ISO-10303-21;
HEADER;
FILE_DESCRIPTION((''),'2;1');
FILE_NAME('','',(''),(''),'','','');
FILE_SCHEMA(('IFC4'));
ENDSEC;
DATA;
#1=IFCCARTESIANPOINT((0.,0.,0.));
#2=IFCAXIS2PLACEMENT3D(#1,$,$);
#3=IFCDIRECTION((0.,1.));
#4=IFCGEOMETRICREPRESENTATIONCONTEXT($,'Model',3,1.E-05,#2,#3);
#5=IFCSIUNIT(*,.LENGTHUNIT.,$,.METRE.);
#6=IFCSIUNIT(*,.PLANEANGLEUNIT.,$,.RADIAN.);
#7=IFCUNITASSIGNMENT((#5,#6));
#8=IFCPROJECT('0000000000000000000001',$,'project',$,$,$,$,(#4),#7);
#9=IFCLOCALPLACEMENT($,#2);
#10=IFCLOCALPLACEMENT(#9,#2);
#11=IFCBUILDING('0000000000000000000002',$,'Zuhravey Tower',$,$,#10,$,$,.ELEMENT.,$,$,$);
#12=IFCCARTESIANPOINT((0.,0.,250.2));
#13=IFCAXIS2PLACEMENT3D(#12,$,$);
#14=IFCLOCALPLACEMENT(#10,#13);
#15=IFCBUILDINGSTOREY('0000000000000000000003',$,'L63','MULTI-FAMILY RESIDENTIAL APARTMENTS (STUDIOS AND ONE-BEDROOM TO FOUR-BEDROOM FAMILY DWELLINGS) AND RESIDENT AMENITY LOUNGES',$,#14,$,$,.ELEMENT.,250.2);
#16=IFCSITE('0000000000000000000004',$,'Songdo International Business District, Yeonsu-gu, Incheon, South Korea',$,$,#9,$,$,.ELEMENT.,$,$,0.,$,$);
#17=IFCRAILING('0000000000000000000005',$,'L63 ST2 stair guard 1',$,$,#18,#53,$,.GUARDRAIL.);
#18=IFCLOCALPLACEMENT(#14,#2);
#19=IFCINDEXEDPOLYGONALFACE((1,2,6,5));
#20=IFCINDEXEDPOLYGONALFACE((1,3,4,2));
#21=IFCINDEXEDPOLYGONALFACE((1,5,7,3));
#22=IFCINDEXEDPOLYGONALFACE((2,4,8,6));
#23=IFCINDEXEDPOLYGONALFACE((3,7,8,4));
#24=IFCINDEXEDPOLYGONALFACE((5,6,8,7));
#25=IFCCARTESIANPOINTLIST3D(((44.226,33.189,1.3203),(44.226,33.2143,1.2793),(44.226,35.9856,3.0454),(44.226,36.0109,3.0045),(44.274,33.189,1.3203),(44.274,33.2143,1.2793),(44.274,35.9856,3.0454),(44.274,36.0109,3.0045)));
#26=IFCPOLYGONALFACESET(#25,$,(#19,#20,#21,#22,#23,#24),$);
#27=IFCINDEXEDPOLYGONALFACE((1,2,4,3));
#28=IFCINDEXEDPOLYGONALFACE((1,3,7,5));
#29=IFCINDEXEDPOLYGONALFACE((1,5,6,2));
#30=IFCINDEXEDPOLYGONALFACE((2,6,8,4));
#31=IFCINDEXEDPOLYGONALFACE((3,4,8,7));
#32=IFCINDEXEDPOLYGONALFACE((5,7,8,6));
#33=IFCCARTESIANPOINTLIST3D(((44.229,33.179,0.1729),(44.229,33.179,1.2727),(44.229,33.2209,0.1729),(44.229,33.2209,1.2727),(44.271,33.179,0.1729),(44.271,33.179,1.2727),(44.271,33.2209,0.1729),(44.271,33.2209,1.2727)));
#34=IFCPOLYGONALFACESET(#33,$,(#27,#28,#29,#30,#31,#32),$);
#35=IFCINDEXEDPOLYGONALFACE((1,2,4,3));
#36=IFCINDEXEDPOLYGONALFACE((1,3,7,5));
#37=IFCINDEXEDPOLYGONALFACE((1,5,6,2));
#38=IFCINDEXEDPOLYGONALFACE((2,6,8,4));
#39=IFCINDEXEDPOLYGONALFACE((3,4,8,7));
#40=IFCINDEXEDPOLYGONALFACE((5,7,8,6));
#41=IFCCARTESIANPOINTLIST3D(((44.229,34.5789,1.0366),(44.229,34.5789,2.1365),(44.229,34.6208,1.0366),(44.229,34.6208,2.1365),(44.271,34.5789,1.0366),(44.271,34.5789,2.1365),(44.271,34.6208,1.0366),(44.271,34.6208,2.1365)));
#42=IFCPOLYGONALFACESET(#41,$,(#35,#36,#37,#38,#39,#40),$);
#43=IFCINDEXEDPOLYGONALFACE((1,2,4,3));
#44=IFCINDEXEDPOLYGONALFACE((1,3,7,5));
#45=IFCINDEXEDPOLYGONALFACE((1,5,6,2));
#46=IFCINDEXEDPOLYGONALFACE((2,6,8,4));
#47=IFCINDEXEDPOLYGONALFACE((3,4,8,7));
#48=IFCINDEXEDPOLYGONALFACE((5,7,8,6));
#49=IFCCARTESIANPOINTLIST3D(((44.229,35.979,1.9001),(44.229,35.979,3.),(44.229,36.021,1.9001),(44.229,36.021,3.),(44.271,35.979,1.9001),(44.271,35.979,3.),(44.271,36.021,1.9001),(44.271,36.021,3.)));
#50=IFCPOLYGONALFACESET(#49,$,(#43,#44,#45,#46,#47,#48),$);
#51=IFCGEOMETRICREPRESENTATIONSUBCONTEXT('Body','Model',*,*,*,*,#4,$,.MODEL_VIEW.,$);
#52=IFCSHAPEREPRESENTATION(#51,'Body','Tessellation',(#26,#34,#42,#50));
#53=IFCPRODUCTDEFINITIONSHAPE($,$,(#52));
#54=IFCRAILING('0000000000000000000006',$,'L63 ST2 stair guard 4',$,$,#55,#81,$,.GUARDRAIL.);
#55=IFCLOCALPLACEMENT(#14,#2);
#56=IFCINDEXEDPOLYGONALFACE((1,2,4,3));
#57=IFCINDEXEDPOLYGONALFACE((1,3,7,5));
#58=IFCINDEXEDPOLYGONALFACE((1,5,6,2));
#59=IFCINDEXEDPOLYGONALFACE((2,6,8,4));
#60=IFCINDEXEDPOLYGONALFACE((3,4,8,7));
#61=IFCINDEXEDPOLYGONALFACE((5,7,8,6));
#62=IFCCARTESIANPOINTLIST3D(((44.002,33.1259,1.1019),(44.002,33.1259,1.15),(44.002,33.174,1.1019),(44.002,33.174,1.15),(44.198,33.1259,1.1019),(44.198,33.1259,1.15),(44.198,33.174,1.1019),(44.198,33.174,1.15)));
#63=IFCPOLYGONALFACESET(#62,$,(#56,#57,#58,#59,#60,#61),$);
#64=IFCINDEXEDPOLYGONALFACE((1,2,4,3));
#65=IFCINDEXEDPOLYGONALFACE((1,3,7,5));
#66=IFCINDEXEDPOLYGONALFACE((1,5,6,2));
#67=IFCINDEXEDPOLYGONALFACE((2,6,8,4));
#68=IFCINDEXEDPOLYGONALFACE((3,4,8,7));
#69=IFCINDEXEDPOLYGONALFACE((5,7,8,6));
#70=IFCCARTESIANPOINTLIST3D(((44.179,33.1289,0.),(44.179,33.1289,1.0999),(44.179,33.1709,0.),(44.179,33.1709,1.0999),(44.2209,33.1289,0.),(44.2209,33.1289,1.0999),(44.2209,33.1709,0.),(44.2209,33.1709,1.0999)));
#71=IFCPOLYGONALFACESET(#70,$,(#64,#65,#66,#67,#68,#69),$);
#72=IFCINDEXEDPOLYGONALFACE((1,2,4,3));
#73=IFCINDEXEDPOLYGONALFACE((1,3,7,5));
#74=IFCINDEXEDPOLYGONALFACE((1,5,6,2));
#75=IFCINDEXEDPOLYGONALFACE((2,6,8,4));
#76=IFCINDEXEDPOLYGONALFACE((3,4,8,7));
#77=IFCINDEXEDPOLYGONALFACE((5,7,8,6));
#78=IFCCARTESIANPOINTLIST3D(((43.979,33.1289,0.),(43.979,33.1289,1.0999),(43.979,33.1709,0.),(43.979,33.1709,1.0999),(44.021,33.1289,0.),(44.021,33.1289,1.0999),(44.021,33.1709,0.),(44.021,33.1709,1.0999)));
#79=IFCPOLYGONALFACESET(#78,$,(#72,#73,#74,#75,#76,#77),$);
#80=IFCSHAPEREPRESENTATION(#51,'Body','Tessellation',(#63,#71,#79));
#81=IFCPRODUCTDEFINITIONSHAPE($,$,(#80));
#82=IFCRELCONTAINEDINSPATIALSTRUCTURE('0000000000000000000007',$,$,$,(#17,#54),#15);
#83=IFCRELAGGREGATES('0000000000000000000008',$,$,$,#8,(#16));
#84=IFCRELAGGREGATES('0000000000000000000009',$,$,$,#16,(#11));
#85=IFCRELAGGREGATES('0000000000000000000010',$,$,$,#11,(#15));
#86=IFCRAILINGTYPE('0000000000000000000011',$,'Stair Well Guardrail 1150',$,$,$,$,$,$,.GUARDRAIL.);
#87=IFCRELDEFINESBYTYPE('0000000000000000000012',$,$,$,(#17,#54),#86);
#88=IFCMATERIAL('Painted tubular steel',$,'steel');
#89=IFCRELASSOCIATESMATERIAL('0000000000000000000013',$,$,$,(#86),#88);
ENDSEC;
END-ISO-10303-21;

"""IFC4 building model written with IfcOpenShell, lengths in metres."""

from ifc_helpers import new_model, si_unit, direction, frame, origin, origin_2d, place, context, subcontext, project, spatial, rectangle, extrude, material, type_object, element, save


model = new_model("IFC4")

# Units and contexts
model_context = context("Model", 3, precision=1e-05, world=origin(), true_north=direction((0.0, 1.0)))
body_context = subcontext(model_context, "Body", "Model", "MODEL_VIEW")
ifc_project = project(units=[si_unit("LENGTHUNIT", "METRE"), si_unit("PLANEANGLEUNIT", "RADIAN")], contexts=[model_context])

# Site, building, storey
site_placement = place(None, origin())
site = spatial("IfcSite", under=ifc_project, at=site_placement, Name="Songdo International Business District, Yeonsu-gu, Incheon, South Korea", CompositionType="ELEMENT", RefElevation=0.0)
building_placement = place(site_placement, origin())
building = spatial("IfcBuilding", under=site, at=building_placement, Name="Zuhravey Tower", CompositionType="ELEMENT")
storey_placement = place(building_placement, frame((0.0, 0.0, 250.2)))
storey = spatial("IfcBuildingStorey", under=building, at=storey_placement, Name="L63", Description="MULTI-FAMILY RESIDENTIAL APARTMENTS (STUDIOS AND ONE-BEDROOM TO FOUR-BEDROOM FAMILY DWELLINGS) AND RESIDENT AMENITY LOUNGES", CompositionType="ELEMENT", Elevation=250.2)

# Railings
ifc_material_1 = material(Name="Painted tubular steel", Category="steel")
railing_type_1 = type_object("IfcRailingType", Name="Stair Well Guardrail 1150", PredefinedType="GUARDRAIL", material=ifc_material_1)
railing_1_placement = place(storey_placement, frame((44.25, 33.2, 0.1729)))
element("IfcRailing", 1, at=railing_1_placement, inside=storey, type_object=railing_type_1, Name="L63 ST2 stair guard 1", PredefinedType="GUARDRAIL", context=body_context, shape_type="SweptSolid", body=[
    extrude(rectangle(XDim=0.0481, YDim=0.0481, at=origin_2d()), frame((0.0, 0.0017, 1.127), z_axis=(0.0, 0.85109, 0.52502), x_axis=(-1.0, 0.0, 0.0)), (0.0, 0.0, 1.0), 3.2859),
    extrude(rectangle(XDim=0.042, YDim=0.042, at=origin_2d()), origin(), (0.0, 0.0, 1.0), 1.0999),
    extrude(rectangle(XDim=0.042, YDim=0.042, at=origin_2d()), frame((0.0, 1.3999, 0.8638)), (0.0, 0.0, 1.0), 1.0999),
    extrude(rectangle(XDim=0.042, YDim=0.042, at=origin_2d()), frame((0.0, 2.8, 1.7273)), (0.0, 0.0, 1.0), 1.0999),
])
railing_2_placement = place(storey_placement, frame((44.2, 33.1499, 0.0)))
element("IfcRailing", 2, at=railing_2_placement, inside=storey, type_object=railing_type_1, Name="L63 ST2 stair guard 4", PredefinedType="GUARDRAIL", context=body_context, shape_type="SweptSolid", body=[
    extrude(rectangle(XDim=0.0481, YDim=0.0481, at=origin_2d()), frame((-0.002, 0.0, 1.126), z_axis=(-1.0, 0.0, 0.0), x_axis=(0.0, -1.0, 0.0)), (0.0, 0.0, 1.0), 0.196),
    extrude(rectangle(XDim=0.042, YDim=0.042, at=origin_2d()), origin(), (0.0, 0.0, 1.0), 1.0999),
    extrude(rectangle(XDim=0.042, YDim=0.042, at=origin_2d()), frame((-0.2, 0.0, 0.0)), (0.0, 0.0, 1.0), 1.0999),
])

save(model, "model.ifc")
